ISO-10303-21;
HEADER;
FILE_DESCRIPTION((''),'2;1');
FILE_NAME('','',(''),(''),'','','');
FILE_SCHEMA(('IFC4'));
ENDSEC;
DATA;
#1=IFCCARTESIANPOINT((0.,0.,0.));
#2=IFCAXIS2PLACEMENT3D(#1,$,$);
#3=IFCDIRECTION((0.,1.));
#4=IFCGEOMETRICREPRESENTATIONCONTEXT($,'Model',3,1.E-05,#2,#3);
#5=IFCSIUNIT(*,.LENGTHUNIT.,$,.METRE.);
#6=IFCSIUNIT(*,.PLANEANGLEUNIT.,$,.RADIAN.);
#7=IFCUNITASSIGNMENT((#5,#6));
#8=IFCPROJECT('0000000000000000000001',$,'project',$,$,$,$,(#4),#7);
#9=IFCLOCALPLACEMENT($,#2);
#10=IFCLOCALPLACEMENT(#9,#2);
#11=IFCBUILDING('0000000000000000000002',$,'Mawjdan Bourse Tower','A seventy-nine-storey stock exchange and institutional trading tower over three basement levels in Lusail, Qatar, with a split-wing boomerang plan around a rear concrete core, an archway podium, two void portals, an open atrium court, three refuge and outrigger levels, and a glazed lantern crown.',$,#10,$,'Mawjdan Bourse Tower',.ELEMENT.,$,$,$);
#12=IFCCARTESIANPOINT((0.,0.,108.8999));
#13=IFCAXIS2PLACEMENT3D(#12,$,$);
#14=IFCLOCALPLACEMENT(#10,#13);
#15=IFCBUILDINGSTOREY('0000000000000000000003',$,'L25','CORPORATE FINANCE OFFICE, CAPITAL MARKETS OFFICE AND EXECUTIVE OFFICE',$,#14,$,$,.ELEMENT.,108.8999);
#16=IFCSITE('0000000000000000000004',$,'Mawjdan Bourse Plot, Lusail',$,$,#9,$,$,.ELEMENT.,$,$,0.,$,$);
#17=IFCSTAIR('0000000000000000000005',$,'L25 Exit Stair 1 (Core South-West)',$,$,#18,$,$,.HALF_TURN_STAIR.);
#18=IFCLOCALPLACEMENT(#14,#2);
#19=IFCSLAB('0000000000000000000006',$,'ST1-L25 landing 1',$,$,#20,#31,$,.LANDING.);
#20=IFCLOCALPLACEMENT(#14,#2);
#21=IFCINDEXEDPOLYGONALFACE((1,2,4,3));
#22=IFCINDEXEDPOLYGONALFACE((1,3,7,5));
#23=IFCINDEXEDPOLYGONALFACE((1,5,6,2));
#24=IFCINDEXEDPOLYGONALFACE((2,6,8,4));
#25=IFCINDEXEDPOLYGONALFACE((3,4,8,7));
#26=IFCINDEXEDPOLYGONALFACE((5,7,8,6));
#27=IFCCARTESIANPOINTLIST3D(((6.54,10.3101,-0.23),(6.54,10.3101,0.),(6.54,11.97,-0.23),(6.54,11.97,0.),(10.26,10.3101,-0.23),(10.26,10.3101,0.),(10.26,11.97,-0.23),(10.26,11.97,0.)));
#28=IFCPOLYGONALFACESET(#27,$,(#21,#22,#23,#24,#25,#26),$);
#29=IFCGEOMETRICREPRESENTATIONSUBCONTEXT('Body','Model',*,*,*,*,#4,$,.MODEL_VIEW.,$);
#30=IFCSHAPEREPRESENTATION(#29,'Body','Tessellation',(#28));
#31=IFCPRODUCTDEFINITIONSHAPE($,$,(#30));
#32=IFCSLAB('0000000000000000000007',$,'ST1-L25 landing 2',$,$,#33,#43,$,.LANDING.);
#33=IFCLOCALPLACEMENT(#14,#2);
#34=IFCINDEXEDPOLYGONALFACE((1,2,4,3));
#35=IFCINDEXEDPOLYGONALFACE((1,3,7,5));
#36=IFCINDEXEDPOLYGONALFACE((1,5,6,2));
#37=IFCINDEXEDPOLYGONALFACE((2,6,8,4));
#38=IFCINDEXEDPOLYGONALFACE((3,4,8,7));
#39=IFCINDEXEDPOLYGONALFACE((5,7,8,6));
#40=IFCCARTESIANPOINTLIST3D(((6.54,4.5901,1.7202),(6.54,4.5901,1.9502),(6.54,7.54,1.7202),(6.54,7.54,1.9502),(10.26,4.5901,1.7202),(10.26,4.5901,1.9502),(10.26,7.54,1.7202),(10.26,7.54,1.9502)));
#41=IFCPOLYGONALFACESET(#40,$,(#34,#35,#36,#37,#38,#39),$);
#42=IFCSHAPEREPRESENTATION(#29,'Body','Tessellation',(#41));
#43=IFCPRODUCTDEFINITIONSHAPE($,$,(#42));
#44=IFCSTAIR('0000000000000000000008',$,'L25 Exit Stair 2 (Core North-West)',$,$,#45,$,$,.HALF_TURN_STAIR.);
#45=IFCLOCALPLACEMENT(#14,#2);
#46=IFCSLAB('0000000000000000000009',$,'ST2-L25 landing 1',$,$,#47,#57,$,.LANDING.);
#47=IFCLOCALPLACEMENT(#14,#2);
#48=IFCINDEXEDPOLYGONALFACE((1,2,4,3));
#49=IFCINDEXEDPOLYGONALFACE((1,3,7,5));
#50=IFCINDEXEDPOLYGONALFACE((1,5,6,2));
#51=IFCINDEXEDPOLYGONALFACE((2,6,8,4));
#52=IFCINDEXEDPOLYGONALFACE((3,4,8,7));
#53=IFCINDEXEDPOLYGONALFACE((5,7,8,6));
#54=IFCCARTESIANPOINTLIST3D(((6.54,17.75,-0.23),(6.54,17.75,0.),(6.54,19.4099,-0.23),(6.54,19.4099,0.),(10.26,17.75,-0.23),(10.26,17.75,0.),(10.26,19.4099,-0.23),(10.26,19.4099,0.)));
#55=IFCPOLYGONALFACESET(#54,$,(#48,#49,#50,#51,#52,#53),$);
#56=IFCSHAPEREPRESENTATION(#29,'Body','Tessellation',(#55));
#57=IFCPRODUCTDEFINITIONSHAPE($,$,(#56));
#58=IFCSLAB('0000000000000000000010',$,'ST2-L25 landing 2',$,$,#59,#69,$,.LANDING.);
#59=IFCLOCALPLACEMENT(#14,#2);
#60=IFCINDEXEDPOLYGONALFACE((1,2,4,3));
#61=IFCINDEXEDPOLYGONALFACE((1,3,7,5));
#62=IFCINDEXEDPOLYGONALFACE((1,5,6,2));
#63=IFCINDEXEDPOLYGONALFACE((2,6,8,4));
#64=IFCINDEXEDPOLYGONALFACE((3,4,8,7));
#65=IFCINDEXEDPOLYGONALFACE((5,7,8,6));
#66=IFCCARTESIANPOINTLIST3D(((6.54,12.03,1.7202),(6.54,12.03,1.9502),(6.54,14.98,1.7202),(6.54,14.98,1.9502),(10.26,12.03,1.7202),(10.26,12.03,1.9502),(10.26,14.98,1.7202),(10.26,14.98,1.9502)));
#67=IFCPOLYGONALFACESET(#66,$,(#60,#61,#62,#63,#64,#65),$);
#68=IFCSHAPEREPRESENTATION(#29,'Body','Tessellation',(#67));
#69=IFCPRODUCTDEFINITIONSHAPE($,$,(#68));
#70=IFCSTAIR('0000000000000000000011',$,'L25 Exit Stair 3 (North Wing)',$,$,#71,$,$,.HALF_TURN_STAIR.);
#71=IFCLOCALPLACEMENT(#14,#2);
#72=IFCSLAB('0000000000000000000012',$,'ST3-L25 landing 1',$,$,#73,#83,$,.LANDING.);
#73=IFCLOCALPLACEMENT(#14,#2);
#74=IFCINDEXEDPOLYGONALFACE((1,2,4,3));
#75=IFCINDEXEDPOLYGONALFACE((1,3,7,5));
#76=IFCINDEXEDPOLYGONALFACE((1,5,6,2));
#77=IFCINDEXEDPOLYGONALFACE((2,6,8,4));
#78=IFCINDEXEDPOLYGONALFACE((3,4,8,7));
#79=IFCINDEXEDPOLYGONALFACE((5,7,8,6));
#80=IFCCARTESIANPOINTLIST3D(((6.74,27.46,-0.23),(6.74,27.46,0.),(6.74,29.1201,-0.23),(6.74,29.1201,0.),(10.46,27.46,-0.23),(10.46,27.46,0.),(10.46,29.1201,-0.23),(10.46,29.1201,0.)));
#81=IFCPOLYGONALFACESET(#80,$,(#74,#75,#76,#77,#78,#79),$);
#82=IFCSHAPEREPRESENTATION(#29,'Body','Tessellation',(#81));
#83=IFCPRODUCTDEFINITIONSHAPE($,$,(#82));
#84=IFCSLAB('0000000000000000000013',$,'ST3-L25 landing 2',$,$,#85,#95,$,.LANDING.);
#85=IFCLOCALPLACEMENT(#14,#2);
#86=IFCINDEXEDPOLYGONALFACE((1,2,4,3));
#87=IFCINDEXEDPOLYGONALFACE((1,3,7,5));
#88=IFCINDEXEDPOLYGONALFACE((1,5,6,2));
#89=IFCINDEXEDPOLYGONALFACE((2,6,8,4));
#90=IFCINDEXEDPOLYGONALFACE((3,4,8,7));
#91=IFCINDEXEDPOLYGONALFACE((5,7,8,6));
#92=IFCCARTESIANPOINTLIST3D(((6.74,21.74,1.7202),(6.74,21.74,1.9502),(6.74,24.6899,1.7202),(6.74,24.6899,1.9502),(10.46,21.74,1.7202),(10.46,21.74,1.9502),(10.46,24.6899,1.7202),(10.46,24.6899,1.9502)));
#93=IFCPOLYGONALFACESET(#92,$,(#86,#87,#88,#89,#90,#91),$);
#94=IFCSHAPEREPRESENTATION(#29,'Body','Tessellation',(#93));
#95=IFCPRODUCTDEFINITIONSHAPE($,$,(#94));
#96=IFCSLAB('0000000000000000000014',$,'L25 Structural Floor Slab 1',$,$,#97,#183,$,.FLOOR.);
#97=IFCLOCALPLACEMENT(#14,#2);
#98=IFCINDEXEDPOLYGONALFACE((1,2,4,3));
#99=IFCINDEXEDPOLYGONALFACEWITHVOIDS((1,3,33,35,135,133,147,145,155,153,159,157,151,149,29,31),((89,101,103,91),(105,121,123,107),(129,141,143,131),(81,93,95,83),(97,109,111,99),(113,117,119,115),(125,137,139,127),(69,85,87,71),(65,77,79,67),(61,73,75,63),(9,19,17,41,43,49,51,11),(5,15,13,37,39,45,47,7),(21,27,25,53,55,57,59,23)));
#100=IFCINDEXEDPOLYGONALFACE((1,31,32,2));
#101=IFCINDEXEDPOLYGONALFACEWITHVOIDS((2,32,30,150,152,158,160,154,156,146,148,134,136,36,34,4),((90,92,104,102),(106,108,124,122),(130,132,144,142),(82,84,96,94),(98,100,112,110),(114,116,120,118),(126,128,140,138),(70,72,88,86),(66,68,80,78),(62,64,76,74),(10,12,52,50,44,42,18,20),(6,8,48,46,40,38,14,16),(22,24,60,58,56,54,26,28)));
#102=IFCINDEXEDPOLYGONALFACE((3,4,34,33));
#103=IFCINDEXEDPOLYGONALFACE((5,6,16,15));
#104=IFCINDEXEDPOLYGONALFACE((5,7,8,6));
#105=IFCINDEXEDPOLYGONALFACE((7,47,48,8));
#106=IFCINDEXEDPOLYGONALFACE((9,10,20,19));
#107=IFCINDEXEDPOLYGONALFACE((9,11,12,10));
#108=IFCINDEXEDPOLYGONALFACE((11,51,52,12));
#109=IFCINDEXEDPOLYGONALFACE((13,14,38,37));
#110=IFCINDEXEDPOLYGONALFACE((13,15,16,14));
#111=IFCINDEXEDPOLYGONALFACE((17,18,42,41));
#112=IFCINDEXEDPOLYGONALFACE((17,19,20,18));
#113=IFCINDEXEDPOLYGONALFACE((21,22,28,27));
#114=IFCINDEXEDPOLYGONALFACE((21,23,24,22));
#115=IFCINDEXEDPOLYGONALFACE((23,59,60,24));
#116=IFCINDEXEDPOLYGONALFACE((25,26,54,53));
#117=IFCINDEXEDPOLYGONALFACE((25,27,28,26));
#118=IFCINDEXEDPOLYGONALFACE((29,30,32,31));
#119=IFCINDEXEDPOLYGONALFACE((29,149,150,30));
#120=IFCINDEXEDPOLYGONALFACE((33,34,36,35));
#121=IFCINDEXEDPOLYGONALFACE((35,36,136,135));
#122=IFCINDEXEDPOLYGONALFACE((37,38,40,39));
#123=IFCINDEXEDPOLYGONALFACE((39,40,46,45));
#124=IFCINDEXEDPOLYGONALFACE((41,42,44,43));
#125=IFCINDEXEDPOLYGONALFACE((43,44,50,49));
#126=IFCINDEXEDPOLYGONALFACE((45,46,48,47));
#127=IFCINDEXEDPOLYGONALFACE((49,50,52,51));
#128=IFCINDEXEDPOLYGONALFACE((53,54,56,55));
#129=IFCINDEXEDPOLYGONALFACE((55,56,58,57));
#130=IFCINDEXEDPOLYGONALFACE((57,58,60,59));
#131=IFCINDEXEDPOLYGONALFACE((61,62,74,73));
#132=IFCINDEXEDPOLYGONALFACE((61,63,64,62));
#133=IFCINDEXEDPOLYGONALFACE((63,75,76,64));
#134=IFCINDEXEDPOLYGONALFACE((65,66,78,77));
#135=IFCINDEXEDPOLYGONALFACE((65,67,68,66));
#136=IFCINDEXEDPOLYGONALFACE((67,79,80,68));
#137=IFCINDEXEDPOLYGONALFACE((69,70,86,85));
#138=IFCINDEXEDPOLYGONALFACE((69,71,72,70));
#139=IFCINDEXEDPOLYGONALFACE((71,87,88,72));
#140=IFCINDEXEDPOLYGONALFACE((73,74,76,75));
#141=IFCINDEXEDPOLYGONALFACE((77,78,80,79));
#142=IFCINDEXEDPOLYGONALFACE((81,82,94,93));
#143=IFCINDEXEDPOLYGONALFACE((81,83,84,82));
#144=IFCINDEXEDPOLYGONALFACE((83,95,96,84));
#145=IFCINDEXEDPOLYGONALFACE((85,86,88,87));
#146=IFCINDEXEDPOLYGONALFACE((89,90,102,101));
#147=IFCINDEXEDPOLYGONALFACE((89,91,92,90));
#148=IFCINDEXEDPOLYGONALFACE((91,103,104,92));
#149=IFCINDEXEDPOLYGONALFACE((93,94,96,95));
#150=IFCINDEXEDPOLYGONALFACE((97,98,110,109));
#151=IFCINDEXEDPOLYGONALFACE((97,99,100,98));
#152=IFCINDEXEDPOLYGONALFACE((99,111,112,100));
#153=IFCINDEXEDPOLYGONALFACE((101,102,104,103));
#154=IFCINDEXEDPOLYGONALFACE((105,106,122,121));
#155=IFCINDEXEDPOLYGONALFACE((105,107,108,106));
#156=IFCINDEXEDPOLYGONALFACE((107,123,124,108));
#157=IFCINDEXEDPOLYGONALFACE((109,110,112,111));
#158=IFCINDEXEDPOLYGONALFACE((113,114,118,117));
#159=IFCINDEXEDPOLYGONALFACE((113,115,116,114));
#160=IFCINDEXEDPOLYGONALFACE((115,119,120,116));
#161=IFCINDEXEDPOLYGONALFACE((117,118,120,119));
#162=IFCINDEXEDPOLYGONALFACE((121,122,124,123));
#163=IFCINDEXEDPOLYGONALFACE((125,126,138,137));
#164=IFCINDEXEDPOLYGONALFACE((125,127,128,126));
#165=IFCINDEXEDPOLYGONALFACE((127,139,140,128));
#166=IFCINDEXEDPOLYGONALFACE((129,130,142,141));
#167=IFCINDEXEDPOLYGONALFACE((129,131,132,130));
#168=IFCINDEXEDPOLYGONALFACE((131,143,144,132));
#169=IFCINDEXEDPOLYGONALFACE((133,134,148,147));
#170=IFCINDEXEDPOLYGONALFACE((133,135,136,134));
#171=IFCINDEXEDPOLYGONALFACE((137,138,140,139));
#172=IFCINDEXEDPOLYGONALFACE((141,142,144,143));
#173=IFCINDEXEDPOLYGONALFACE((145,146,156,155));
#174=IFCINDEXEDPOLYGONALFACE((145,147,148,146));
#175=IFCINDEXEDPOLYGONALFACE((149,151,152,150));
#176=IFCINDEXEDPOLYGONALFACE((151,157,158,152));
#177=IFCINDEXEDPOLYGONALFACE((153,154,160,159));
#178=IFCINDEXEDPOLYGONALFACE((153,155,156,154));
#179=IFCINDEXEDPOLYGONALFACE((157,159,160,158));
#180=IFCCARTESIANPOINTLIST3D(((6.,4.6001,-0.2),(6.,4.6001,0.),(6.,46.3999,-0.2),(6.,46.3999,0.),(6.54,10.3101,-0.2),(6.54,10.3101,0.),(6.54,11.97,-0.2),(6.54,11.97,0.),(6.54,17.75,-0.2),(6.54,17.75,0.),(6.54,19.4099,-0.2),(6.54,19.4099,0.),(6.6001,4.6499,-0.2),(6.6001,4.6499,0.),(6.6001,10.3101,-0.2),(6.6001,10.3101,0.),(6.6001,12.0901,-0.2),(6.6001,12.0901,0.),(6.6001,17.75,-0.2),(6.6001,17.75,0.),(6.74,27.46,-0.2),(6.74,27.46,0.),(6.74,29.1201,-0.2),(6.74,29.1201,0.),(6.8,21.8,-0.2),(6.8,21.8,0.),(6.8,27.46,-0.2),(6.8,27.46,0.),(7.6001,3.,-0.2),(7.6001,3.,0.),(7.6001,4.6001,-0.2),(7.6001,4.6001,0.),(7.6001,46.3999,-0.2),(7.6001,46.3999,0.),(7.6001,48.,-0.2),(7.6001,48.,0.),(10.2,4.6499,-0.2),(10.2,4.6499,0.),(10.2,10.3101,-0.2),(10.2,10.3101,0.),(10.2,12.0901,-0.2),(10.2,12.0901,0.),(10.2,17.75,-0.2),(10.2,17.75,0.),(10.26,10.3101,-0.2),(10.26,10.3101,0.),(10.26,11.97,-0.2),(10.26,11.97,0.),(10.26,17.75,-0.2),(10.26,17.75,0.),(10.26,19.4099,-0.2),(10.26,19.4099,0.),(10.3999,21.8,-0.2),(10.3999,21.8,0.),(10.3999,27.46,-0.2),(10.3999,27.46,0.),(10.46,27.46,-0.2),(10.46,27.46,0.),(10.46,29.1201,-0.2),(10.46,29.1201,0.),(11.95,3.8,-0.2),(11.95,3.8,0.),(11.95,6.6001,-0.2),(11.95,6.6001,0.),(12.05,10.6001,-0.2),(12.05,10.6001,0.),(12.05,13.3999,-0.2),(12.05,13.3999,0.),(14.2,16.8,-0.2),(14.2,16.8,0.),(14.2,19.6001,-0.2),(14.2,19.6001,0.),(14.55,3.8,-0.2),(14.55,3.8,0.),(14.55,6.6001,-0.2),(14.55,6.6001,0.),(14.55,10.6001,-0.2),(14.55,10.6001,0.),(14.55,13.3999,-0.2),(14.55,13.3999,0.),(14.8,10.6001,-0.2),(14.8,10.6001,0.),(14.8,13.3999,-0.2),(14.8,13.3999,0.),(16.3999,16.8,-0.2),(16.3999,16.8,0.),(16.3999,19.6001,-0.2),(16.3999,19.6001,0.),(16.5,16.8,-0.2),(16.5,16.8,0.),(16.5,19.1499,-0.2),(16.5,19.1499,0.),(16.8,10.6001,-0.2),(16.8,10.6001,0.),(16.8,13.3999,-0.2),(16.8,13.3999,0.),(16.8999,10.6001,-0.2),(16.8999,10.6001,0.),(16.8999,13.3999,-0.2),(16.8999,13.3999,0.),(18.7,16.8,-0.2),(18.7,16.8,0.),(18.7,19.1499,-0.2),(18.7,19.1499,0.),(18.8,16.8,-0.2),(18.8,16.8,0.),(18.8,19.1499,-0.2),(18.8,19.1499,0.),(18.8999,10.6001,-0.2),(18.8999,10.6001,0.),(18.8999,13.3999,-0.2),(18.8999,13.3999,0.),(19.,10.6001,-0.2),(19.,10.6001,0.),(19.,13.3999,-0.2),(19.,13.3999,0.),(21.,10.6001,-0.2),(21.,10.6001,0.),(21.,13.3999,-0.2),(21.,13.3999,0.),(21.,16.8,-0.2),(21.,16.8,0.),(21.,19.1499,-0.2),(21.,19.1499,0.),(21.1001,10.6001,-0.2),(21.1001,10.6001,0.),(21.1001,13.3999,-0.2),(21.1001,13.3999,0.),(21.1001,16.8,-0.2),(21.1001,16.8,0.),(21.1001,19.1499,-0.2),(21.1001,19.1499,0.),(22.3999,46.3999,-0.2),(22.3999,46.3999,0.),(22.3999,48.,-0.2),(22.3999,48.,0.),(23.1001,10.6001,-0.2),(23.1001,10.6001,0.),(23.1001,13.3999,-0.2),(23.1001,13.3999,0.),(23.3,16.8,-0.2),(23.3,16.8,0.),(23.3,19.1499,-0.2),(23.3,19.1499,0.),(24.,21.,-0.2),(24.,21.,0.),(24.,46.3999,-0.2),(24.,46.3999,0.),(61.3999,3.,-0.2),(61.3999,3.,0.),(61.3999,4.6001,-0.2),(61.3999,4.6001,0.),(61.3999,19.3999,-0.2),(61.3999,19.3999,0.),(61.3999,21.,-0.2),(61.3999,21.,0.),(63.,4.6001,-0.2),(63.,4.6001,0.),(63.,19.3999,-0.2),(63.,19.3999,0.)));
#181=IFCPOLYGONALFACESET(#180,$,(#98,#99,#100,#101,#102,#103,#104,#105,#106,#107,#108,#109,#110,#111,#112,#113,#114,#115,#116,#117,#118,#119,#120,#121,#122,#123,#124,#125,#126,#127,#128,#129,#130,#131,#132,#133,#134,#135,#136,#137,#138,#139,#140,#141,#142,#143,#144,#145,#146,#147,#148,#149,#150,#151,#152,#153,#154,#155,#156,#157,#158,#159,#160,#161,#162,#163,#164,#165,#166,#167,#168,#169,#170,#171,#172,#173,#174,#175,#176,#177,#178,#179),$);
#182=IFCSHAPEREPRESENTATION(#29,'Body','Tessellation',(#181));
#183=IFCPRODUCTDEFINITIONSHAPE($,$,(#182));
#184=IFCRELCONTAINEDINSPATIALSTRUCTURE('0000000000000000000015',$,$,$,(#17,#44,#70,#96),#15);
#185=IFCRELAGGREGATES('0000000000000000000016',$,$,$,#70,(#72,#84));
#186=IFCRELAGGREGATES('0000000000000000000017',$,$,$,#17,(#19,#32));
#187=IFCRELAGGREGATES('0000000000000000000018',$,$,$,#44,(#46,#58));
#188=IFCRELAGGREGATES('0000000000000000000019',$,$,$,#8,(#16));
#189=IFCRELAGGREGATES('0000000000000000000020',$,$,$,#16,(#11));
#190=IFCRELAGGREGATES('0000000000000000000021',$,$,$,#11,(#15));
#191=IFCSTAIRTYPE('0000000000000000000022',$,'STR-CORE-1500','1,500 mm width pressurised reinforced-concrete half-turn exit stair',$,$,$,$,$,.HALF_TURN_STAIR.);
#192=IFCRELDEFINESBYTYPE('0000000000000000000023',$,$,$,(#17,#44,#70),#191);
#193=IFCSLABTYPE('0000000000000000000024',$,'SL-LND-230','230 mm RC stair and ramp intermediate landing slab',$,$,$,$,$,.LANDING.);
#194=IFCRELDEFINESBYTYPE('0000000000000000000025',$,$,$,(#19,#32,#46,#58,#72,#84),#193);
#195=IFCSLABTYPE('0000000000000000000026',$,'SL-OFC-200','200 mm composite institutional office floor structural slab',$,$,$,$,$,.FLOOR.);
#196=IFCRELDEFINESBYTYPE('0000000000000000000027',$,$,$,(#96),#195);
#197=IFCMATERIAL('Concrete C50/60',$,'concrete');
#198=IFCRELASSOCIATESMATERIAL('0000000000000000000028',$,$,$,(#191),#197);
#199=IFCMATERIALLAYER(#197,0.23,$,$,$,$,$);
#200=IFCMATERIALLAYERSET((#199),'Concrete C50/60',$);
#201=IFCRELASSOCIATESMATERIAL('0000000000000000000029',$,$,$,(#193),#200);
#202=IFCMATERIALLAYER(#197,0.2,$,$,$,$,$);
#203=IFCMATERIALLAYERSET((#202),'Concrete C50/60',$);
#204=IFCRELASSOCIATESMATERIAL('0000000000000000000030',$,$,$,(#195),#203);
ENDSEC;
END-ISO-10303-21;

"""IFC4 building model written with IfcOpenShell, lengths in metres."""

from ifc_helpers import new_model, si_unit, direction, frame, origin, place, context, subcontext, project, spatial, polyline, outline, extrude, material, layer, layer_set, type_object, element, aggregate, save


model = new_model("IFC4")

# Units and contexts
model_context = context("Model", 3, precision=1e-05, world=origin(), true_north=direction((0.0, 1.0)))
body_context = subcontext(model_context, "Body", "Model", "MODEL_VIEW")
ifc_project = project(units=[si_unit("LENGTHUNIT", "METRE"), si_unit("PLANEANGLEUNIT", "RADIAN")], contexts=[model_context])

# Site, building, storey
site_placement = place(None, origin())
site = spatial("IfcSite", under=ifc_project, at=site_placement, Name="Mawjdan Bourse Plot, Lusail", CompositionType="ELEMENT", RefElevation=0.0)
building_placement = place(site_placement, origin())
building = spatial("IfcBuilding", under=site, at=building_placement, Name="Mawjdan Bourse Tower", Description="A seventy-nine-storey stock exchange and institutional trading tower over three basement levels in Lusail, Qatar, with a split-wing boomerang plan around a rear concrete core, an archway podium, two void portals, an open atrium court, three refuge and outrigger levels, and a glazed lantern crown.", LongName="Mawjdan Bourse Tower", CompositionType="ELEMENT")
storey_placement = place(building_placement, frame((0.0, 0.0, 108.8999)))
storey = spatial("IfcBuildingStorey", under=building, at=storey_placement, Name="L25", Description="CORPORATE FINANCE OFFICE, CAPITAL MARKETS OFFICE AND EXECUTIVE OFFICE", CompositionType="ELEMENT", Elevation=108.8999)

# Stairs, slabs
ifc_material_1 = material(Name="Concrete C50/60", Category="concrete")
stair_type = type_object("IfcStairType", Name="STR-CORE-1500", Description="1,500 mm width pressurised reinforced-concrete half-turn exit stair", PredefinedType="HALF_TURN_STAIR", material=ifc_material_1)
stair_1_placement = place(storey_placement, origin())
stair_1 = element("IfcStair", 1, at=stair_1_placement, inside=storey, type_object=stair_type, Name="L25 Exit Stair 1 (Core South-West)", PredefinedType="HALF_TURN_STAIR")
ifc_layer_1 = layer(ifc_material_1, 0.23)
ifc_layer_set_1 = layer_set([ifc_layer_1], Name="Concrete C50/60")
slab_type_1 = type_object("IfcSlabType", Name="SL-LND-230", Description="230 mm RC stair and ramp intermediate landing slab", PredefinedType="LANDING", material=ifc_layer_set_1)
slab_1_placement = place(storey_placement, frame((0.0, 0.0, -0.23)))
slab_1 = element("IfcSlab", 2, at=slab_1_placement, type_object=slab_type_1, Name="ST1-L25 landing 1", PredefinedType="LANDING", context=body_context, shape_type="SweptSolid", body=[
    extrude(outline(polyline([(6.54, 10.3101), (10.26, 10.3101), (10.26, 11.97), (6.54, 11.97), (6.54, 10.3101)])), origin(), (0.0, 0.0, 1.0), 0.23),
])
slab_2_placement = place(storey_placement, frame((0.0, 0.0, 1.7202)))
slab_2 = element("IfcSlab", 3, at=slab_2_placement, type_object=slab_type_1, Name="ST1-L25 landing 2", PredefinedType="LANDING", context=body_context, shape_type="SweptSolid", body=[
    extrude(outline(polyline([(6.54, 4.5901), (10.26, 4.5901), (10.26, 7.54), (6.54, 7.54), (6.54, 4.5901)])), origin(), (0.0, 0.0, 1.0), 0.23),
])
stair_2_placement = place(storey_placement, origin())
stair_2 = element("IfcStair", 4, at=stair_2_placement, inside=storey, type_object=stair_type, Name="L25 Exit Stair 2 (Core North-West)", PredefinedType="HALF_TURN_STAIR")
slab_3_placement = place(storey_placement, frame((0.0, 0.0, -0.23)))
slab_3 = element("IfcSlab", 5, at=slab_3_placement, type_object=slab_type_1, Name="ST2-L25 landing 1", PredefinedType="LANDING", context=body_context, shape_type="SweptSolid", body=[
    extrude(outline(polyline([(6.54, 17.75), (10.26, 17.75), (10.26, 19.4099), (6.54, 19.4099), (6.54, 17.75)])), origin(), (0.0, 0.0, 1.0), 0.23),
])
slab_4_placement = place(storey_placement, frame((0.0, 0.0, 1.7202)))
slab_4 = element("IfcSlab", 6, at=slab_4_placement, type_object=slab_type_1, Name="ST2-L25 landing 2", PredefinedType="LANDING", context=body_context, shape_type="SweptSolid", body=[
    extrude(outline(polyline([(6.54, 12.03), (10.26, 12.03), (10.26, 14.98), (6.54, 14.98), (6.54, 12.03)])), origin(), (0.0, 0.0, 1.0), 0.23),
])
stair_3_placement = place(storey_placement, origin())
stair_3 = element("IfcStair", 7, at=stair_3_placement, inside=storey, type_object=stair_type, Name="L25 Exit Stair 3 (North Wing)", PredefinedType="HALF_TURN_STAIR")
slab_5_placement = place(storey_placement, frame((0.0, 0.0, -0.23)))
slab_5 = element("IfcSlab", 8, at=slab_5_placement, type_object=slab_type_1, Name="ST3-L25 landing 1", PredefinedType="LANDING", context=body_context, shape_type="SweptSolid", body=[
    extrude(outline(polyline([(6.74, 27.46), (10.46, 27.46), (10.46, 29.1201), (6.74, 29.1201), (6.74, 27.46)])), origin(), (0.0, 0.0, 1.0), 0.23),
])
slab_6_placement = place(storey_placement, frame((0.0, 0.0, 1.7202)))
slab_6 = element("IfcSlab", 9, at=slab_6_placement, type_object=slab_type_1, Name="ST3-L25 landing 2", PredefinedType="LANDING", context=body_context, shape_type="SweptSolid", body=[
    extrude(outline(polyline([(6.74, 21.74), (10.46, 21.74), (10.46, 24.6899), (6.74, 24.6899), (6.74, 21.74)])), origin(), (0.0, 0.0, 1.0), 0.23),
])
aggregate(stair_3, [slab_5, slab_6])

# Slab
ifc_layer_2 = layer(ifc_material_1, 0.2)
ifc_layer_set_2 = layer_set([ifc_layer_2], Name="Concrete C50/60")
slab_type_2 = type_object("IfcSlabType", Name="SL-OFC-200", Description="200 mm composite institutional office floor structural slab", PredefinedType="FLOOR", material=ifc_layer_set_2)
slab_7_placement = place(storey_placement, frame((0.0, 0.0, -0.2)))
element("IfcSlab", 10, at=slab_7_placement, inside=storey, type_object=slab_type_2, Name="L25 Structural Floor Slab 1", PredefinedType="FLOOR", context=body_context, shape_type="SweptSolid", body=[
    extrude(outline(polyline([(7.6001, 3.0), (61.3999, 3.0), (61.3999, 4.6001), (63.0, 4.6001), (63.0, 19.3999), (61.3999, 19.3999), (61.3999, 21.0), (24.0, 21.0), (24.0, 46.3999), (22.3999, 46.3999), (22.3999, 48.0), (7.6001, 48.0), (7.6001, 46.3999), (6.0, 46.3999), (6.0, 4.6001), (7.6001, 4.6001), (7.6001, 3.0)]), holes=[polyline([(11.95, 3.8), (11.95, 6.6001), (14.55, 6.6001), (14.55, 3.8), (11.95, 3.8)]), polyline([(6.6001, 10.3101), (6.54, 10.3101), (6.54, 11.97), (10.26, 11.97), (10.26, 10.3101), (10.2, 10.3101), (10.2, 4.6499), (6.6001, 4.6499), (6.6001, 10.3101)]), polyline([(12.05, 10.6001), (12.05, 13.3999), (14.55, 13.3999), (14.55, 10.6001), (12.05, 10.6001)]), polyline([(10.26, 19.4099), (10.26, 17.75), (10.2, 17.75), (10.2, 12.0901), (6.6001, 12.0901), (6.6001, 17.75), (6.54, 17.75), (6.54, 19.4099), (10.26, 19.4099)]), polyline([(10.46, 29.1201), (10.46, 27.46), (10.3999, 27.46), (10.3999, 21.8), (6.8, 21.8), (6.8, 27.46), (6.74, 27.46), (6.74, 29.1201), (10.46, 29.1201)]), polyline([(14.8, 10.6001), (14.8, 13.3999), (16.8, 13.3999), (16.8, 10.6001), (14.8, 10.6001)]), polyline([(16.8999, 10.6001), (16.8999, 13.3999), (18.8999, 13.3999), (18.8999, 10.6001), (16.8999, 10.6001)]), polyline([(19.0, 10.6001), (19.0, 13.3999), (21.0, 13.3999), (21.0, 10.6001), (19.0, 10.6001)]), polyline([(21.1001, 10.6001), (21.1001, 13.3999), (23.1001, 13.3999), (23.1001, 10.6001), (21.1001, 10.6001)]), polyline([(16.5, 16.8), (16.5, 19.1499), (18.7, 19.1499), (18.7, 16.8), (16.5, 16.8)]), polyline([(18.8, 16.8), (18.8, 19.1499), (21.0, 19.1499), (21.0, 16.8), (18.8, 16.8)]), polyline([(21.1001, 16.8), (21.1001, 19.1499), (23.3, 19.1499), (23.3, 16.8), (21.1001, 16.8)]), polyline([(14.2, 16.8), (14.2, 19.6001), (16.3999, 19.6001), (16.3999, 16.8), (14.2, 16.8)])]), origin(), (0.0, 0.0, 1.0), 0.2),
])

aggregate(stair_1, [slab_1, slab_2])
aggregate(stair_2, [slab_3, slab_4])

save(model, "model.ifc")
